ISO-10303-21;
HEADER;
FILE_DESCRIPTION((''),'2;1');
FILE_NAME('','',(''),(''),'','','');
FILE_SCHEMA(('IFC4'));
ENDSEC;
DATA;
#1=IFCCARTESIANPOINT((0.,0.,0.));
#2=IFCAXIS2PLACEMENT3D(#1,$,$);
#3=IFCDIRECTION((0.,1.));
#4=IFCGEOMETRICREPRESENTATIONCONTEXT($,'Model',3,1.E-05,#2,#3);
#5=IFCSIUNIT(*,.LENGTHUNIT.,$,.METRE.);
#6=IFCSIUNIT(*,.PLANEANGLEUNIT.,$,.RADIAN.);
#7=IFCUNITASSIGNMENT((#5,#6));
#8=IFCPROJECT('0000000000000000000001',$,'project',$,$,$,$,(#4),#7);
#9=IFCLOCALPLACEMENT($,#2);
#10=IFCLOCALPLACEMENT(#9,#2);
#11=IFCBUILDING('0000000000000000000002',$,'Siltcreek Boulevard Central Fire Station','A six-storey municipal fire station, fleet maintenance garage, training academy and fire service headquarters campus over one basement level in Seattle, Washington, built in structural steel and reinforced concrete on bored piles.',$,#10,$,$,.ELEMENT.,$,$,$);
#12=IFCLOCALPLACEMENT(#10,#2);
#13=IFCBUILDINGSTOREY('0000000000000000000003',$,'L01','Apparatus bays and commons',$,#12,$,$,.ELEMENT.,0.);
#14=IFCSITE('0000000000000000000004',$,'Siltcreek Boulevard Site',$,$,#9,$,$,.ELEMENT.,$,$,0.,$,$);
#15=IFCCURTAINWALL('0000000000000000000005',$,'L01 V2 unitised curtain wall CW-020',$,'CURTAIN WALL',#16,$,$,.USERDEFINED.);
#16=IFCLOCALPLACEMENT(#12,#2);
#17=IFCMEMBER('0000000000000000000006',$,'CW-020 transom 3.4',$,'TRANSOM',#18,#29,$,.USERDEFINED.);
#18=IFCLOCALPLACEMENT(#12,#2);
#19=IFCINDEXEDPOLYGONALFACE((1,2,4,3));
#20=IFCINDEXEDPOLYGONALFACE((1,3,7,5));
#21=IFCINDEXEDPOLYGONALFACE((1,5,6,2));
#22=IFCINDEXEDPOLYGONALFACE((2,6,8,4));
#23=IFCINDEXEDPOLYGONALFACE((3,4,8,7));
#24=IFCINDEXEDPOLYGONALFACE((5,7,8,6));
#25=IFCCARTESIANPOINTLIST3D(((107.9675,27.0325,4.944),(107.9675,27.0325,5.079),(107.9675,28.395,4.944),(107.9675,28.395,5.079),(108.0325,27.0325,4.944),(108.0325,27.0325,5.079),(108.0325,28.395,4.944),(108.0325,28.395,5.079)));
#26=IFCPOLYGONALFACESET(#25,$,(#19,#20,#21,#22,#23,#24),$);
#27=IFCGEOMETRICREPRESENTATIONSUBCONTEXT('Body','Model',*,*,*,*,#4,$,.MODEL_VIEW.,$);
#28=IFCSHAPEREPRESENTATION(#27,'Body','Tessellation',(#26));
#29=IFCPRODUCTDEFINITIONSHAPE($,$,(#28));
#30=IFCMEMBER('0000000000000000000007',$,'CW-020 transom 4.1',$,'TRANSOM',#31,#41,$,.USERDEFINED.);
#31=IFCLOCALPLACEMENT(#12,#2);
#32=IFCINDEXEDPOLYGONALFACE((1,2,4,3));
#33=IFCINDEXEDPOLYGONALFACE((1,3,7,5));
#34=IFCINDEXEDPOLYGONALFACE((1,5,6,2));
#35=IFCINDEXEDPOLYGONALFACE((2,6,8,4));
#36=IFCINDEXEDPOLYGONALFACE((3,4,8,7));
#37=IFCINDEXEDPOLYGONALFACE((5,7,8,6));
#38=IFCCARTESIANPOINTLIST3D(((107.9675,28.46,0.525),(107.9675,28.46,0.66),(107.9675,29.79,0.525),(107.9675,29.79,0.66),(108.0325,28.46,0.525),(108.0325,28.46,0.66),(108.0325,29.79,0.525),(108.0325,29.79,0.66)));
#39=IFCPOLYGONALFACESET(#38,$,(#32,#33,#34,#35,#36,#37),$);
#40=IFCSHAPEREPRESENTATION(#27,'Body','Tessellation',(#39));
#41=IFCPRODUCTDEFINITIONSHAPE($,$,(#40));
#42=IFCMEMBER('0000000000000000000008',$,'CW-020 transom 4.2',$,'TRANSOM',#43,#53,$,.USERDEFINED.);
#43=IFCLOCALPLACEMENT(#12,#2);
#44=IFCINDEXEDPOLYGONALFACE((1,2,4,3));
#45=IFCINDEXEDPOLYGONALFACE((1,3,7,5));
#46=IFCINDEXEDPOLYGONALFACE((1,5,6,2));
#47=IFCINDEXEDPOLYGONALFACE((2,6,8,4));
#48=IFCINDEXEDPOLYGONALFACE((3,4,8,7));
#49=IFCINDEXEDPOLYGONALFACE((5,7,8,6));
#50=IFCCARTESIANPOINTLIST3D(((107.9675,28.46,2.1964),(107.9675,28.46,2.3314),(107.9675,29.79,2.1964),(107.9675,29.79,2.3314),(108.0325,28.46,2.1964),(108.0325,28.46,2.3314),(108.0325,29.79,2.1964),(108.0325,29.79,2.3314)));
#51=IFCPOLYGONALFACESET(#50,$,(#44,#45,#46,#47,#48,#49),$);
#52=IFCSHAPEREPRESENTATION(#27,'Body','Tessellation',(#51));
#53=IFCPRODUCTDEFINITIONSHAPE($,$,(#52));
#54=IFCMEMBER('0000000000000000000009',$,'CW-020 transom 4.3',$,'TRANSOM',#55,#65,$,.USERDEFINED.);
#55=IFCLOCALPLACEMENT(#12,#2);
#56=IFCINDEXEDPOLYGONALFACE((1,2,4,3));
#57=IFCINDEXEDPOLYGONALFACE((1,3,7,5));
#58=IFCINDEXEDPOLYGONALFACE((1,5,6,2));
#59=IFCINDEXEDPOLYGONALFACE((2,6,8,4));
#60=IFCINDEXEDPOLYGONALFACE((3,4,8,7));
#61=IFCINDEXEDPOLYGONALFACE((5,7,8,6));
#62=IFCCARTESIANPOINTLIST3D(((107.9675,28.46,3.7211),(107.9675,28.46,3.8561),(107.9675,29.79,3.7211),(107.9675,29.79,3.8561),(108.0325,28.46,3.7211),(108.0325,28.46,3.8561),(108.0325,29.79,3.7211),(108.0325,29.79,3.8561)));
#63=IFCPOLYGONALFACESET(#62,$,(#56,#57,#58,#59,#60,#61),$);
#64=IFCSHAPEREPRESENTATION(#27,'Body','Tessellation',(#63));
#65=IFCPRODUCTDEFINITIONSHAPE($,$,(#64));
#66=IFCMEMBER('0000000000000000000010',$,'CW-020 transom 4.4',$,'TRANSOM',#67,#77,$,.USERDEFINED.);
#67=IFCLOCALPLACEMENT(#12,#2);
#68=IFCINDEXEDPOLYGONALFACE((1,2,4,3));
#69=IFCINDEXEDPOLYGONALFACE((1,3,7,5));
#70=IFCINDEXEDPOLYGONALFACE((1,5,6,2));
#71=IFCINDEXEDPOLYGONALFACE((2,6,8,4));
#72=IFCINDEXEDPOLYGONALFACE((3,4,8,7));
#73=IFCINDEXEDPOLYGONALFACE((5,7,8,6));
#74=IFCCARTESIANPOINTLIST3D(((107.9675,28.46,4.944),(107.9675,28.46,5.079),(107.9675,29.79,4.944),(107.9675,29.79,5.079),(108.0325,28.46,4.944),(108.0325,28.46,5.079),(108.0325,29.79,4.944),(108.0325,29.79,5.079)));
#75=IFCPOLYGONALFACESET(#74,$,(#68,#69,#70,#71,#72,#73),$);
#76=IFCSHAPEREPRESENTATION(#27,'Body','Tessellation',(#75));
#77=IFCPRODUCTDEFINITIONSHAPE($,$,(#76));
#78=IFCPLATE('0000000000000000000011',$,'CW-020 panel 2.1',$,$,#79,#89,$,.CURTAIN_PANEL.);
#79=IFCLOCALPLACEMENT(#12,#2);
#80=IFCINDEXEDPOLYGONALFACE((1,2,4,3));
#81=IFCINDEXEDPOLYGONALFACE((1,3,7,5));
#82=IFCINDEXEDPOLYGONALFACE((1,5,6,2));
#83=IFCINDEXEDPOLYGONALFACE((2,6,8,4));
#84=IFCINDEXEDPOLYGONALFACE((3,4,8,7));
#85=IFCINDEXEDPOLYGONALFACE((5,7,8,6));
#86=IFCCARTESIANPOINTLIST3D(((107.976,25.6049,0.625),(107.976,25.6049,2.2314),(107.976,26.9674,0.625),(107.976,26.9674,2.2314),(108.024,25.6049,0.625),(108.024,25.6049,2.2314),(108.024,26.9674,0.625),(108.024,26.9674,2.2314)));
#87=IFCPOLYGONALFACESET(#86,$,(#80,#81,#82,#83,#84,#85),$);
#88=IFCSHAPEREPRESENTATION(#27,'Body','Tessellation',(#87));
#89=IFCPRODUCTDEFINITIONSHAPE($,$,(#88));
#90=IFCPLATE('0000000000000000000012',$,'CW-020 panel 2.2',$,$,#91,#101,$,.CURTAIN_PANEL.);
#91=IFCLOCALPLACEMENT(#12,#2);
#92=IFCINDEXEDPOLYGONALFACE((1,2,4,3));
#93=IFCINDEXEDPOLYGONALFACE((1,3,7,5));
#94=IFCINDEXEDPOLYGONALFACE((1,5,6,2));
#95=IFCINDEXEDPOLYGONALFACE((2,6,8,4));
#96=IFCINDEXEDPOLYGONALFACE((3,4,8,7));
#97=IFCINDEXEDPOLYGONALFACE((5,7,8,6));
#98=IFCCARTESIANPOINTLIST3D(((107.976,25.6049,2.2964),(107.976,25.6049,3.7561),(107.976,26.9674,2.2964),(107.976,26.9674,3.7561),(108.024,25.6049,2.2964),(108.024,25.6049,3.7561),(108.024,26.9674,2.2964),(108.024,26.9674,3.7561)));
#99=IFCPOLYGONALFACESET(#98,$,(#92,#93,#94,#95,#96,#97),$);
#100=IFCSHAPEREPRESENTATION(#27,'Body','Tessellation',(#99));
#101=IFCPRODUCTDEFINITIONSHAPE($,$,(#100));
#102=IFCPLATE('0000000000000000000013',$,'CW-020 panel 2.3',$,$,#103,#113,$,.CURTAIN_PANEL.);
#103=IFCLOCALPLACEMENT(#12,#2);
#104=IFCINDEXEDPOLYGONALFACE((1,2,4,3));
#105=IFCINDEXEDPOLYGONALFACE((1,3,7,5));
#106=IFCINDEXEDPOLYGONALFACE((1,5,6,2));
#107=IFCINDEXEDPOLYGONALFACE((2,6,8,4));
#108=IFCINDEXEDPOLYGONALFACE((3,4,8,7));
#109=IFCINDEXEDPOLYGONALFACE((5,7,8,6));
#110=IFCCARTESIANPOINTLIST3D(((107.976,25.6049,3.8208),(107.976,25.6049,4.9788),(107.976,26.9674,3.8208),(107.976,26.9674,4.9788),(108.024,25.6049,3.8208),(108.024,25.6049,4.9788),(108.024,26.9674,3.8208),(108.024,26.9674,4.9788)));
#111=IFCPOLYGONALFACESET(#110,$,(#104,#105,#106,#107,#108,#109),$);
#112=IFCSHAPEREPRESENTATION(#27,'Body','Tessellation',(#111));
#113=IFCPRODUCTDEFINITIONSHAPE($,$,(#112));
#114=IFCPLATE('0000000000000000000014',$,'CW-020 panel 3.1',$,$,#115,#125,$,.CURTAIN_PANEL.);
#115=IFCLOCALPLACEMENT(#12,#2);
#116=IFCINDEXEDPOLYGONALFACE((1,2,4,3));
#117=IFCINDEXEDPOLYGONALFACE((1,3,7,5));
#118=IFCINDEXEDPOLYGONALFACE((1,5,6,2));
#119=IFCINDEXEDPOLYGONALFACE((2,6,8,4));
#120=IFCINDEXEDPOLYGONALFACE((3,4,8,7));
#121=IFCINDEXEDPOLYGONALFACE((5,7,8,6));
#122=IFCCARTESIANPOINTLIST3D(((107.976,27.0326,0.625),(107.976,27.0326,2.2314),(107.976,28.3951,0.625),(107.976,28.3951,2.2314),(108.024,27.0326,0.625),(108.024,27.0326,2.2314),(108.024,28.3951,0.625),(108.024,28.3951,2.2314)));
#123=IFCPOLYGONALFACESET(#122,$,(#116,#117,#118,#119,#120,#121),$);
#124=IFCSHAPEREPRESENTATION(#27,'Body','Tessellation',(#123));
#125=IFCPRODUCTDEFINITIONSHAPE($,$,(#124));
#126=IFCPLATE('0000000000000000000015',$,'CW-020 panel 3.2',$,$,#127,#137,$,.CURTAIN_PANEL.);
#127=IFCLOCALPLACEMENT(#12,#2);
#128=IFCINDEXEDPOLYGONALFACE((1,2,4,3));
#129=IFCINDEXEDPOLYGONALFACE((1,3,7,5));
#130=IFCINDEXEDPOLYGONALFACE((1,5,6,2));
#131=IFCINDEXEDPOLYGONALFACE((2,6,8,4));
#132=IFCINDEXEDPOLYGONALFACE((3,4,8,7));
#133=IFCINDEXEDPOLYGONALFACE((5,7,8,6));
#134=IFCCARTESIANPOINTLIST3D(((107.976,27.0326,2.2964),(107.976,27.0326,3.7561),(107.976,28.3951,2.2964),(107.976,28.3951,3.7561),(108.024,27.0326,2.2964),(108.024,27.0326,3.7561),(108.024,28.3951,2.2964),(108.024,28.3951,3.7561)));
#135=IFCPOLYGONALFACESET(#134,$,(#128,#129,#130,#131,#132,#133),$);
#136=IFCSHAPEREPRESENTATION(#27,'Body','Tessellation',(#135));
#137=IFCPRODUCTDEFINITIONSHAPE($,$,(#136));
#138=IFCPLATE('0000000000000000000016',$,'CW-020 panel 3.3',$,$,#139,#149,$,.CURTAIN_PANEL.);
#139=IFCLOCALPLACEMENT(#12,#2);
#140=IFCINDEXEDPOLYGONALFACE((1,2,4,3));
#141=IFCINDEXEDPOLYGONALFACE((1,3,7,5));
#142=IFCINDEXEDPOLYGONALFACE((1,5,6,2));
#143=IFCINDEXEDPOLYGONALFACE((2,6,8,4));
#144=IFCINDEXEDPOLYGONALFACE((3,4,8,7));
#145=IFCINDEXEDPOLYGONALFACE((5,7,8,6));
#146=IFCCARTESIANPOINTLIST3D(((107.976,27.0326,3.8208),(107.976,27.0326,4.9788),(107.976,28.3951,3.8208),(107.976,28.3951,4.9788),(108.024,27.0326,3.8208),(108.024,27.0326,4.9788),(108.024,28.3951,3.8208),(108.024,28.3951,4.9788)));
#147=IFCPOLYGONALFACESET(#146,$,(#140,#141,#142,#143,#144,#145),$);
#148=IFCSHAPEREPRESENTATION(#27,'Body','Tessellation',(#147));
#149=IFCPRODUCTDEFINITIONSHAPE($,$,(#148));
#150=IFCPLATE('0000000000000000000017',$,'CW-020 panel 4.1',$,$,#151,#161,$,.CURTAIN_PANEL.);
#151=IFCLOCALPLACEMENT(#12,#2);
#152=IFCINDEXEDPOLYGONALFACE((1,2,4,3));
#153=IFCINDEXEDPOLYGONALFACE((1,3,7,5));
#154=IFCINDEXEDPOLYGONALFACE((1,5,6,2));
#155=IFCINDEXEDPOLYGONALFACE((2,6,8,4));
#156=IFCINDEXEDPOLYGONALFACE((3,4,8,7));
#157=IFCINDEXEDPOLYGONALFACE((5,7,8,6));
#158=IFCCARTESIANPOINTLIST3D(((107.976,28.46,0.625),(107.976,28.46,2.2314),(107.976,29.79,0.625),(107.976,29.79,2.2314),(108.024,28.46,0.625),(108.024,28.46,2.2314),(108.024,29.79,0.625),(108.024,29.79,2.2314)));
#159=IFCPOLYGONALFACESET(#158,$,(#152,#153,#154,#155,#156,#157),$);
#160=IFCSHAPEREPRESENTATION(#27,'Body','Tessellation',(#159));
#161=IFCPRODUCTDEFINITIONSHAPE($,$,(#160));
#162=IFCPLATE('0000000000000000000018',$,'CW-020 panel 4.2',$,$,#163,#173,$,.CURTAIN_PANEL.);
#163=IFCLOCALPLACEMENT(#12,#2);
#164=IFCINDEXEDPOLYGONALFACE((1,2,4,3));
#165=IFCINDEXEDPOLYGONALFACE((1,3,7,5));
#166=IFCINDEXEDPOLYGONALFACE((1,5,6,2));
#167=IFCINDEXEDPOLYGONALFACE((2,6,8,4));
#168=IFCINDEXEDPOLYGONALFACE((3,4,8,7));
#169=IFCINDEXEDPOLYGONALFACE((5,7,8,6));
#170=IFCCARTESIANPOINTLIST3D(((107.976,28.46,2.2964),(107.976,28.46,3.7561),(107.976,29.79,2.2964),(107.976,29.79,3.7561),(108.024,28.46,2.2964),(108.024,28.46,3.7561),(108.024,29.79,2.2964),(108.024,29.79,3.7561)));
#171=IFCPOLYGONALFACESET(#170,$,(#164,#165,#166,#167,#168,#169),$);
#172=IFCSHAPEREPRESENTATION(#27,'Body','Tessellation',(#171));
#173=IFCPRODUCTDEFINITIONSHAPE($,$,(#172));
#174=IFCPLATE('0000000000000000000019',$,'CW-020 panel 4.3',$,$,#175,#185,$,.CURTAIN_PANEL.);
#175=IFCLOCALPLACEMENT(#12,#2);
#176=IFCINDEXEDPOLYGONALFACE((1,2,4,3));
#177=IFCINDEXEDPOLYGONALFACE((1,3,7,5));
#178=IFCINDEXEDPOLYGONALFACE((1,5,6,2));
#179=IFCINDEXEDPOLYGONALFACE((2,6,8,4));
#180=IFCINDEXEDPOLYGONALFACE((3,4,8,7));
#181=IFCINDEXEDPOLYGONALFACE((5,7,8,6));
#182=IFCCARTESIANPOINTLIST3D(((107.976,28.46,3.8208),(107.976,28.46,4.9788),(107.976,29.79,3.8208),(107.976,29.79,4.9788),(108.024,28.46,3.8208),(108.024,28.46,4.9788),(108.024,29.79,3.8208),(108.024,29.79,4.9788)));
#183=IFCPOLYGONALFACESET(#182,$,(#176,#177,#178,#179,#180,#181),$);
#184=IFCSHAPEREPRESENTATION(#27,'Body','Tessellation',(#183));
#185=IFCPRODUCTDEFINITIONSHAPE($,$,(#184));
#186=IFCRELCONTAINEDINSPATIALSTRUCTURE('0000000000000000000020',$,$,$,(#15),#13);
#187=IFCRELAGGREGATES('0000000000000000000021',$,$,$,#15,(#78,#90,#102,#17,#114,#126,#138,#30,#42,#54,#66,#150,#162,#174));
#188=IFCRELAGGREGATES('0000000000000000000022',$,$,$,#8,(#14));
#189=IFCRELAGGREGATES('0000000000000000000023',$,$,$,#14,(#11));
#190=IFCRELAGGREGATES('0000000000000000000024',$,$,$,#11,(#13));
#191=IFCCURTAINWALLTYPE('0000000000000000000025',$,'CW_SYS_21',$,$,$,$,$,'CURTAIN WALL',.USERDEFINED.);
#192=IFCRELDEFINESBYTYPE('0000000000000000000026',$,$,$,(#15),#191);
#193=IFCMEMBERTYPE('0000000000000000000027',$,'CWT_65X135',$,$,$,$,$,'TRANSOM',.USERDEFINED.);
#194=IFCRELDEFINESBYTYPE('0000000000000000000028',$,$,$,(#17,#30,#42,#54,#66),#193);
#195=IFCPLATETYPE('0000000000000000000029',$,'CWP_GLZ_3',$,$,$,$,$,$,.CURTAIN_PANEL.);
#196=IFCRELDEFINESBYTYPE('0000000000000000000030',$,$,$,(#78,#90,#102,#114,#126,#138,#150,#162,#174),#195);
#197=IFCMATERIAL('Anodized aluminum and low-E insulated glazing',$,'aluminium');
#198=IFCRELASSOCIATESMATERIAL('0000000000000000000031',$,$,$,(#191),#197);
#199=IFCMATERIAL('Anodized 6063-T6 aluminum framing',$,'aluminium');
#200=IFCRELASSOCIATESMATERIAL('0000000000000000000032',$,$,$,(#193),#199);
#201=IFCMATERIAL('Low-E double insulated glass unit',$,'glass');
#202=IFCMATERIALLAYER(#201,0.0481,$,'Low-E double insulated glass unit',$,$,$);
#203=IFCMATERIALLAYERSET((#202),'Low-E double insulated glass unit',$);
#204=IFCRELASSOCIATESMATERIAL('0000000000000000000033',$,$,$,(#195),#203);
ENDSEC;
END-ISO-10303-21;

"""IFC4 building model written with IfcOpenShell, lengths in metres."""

from ifc_helpers import new_model, si_unit, direction, frame, origin, origin_2d, place, context, subcontext, project, spatial, rectangle, extrude, material, layer, layer_set, material_profile, profile_set, type_object, element, aggregate, save


model = new_model("IFC4")

# Units and contexts
model_context = context("Model", 3, precision=1e-05, world=origin(), true_north=direction((0.0, 1.0)))
body_context = subcontext(model_context, "Body", "Model", "MODEL_VIEW")
ifc_project = project(units=[si_unit("LENGTHUNIT", "METRE"), si_unit("PLANEANGLEUNIT", "RADIAN")], contexts=[model_context])

# Site, building, storey
site_placement = place(None, origin())
site = spatial("IfcSite", under=ifc_project, at=site_placement, Name="Siltcreek Boulevard Site", CompositionType="ELEMENT", RefElevation=0.0)
building_placement = place(site_placement, origin())
building = spatial("IfcBuilding", under=site, at=building_placement, Name="Siltcreek Boulevard Central Fire Station", Description="A six-storey municipal fire station, fleet maintenance garage, training academy and fire service headquarters campus over one basement level in Seattle, Washington, built in structural steel and reinforced concrete on bored piles.", CompositionType="ELEMENT")
storey_placement = place(building_placement, origin())
storey = spatial("IfcBuildingStorey", under=building, at=storey_placement, Name="L01", Description="Apparatus bays and commons", CompositionType="ELEMENT", Elevation=0.0)

# Shared definitions
ifc_material_1 = material(Name="Anodized aluminum and low-E insulated glazing", Category="aluminium")
ifc_material_2 = material(Name="Anodized 6063-T6 aluminum framing", Category="aluminium")

# Curtain wall, members, plates
curtain_wall_type_1 = type_object("IfcCurtainWallType", Name="CW_SYS_21", ElementType="CURTAIN WALL", PredefinedType="USERDEFINED", material=ifc_material_1)
curtain_wall_1_placement = place(storey_placement, origin())
curtain_wall_1 = element("IfcCurtainWall", 1, at=curtain_wall_1_placement, inside=storey, type_object=curtain_wall_type_1, Name="L01 V2 unitised curtain wall CW-020", ObjectType="CURTAIN WALL", PredefinedType="USERDEFINED")
ifc_material_profile_1 = material_profile(ifc_material_2, rectangle(XDim=0.0649, YDim=0.135, at=origin_2d()), Name="TRAN65X135")
ifc_profile_set_1 = profile_set([ifc_material_profile_1], Name="Anodized 6063-T6 aluminum framing")
member_type_1 = type_object("IfcMemberType", Name="CWT_65X135", ElementType="TRANSOM", PredefinedType="USERDEFINED", material=ifc_profile_set_1)
member_1_placement = place(storey_placement, frame((108.0, 27.0325, 5.0115), z_axis=(0.0, 1.0, 0.0), x_axis=(-1.0, 0.0, 0.0)))
member_1 = element("IfcMember", 2, at=member_1_placement, type_object=member_type_1, Name="CW-020 transom 3.4", ObjectType="TRANSOM", PredefinedType="USERDEFINED", context=body_context, shape_type="SweptSolid", body=[
    extrude(rectangle(XDim=0.0649, YDim=0.135, at=origin_2d()), origin(), (0.0, 0.0, 1.0), 1.3625),
])
member_2_placement = place(storey_placement, frame((108.0, 28.46, 0.5925), z_axis=(0.0, 1.0, 0.0), x_axis=(-1.0, 0.0, 0.0)))
member_2 = element("IfcMember", 3, at=member_2_placement, type_object=member_type_1, Name="CW-020 transom 4.1", ObjectType="TRANSOM", PredefinedType="USERDEFINED", context=body_context, shape_type="SweptSolid", body=[
    extrude(rectangle(XDim=0.0649, YDim=0.135, at=origin_2d()), origin(), (0.0, 0.0, 1.0), 1.3301),
])
member_3_placement = place(storey_placement, frame((108.0, 28.46, 2.2639), z_axis=(0.0, 1.0, 0.0), x_axis=(-1.0, 0.0, 0.0)))
member_3 = element("IfcMember", 4, at=member_3_placement, type_object=member_type_1, Name="CW-020 transom 4.2", ObjectType="TRANSOM", PredefinedType="USERDEFINED", context=body_context, shape_type="SweptSolid", body=[
    extrude(rectangle(XDim=0.0649, YDim=0.135, at=origin_2d()), origin(), (0.0, 0.0, 1.0), 1.3301),
])
member_4_placement = place(storey_placement, frame((108.0, 28.46, 3.7886), z_axis=(0.0, 1.0, 0.0), x_axis=(-1.0, 0.0, 0.0)))
member_4 = element("IfcMember", 5, at=member_4_placement, type_object=member_type_1, Name="CW-020 transom 4.3", ObjectType="TRANSOM", PredefinedType="USERDEFINED", context=body_context, shape_type="SweptSolid", body=[
    extrude(rectangle(XDim=0.0649, YDim=0.135, at=origin_2d()), origin(), (0.0, 0.0, 1.0), 1.3301),
])
member_5_placement = place(storey_placement, frame((108.0, 28.46, 5.0115), z_axis=(0.0, 1.0, 0.0), x_axis=(-1.0, 0.0, 0.0)))
member_5 = element("IfcMember", 6, at=member_5_placement, type_object=member_type_1, Name="CW-020 transom 4.4", ObjectType="TRANSOM", PredefinedType="USERDEFINED", context=body_context, shape_type="SweptSolid", body=[
    extrude(rectangle(XDim=0.0649, YDim=0.135, at=origin_2d()), origin(), (0.0, 0.0, 1.0), 1.3301),
])
ifc_material_3 = material(Name="Low-E double insulated glass unit", Category="glass")
ifc_layer_1 = layer(ifc_material_3, 0.0481, Name="Low-E double insulated glass unit")
ifc_layer_set_1 = layer_set([ifc_layer_1], Name="Low-E double insulated glass unit")
plate_type = type_object("IfcPlateType", Name="CWP_GLZ_3", PredefinedType="CURTAIN_PANEL", material=ifc_layer_set_1)
plate_1_placement = place(storey_placement, frame((108.0, 26.2861, 0.625), z_axis=(0.0, 0.0, 1.0), x_axis=(0.0, 1.0, 0.0)))
plate_1 = element("IfcPlate", 7, at=plate_1_placement, type_object=plate_type, Name="CW-020 panel 2.1", PredefinedType="CURTAIN_PANEL", context=body_context, shape_type="SweptSolid", body=[
    extrude(rectangle(XDim=1.3625, YDim=0.0481, at=origin_2d()), origin(), (0.0, 0.0, 1.0), 1.6064),
])
plate_2_placement = place(storey_placement, frame((108.0, 26.2861, 2.2964), z_axis=(0.0, 0.0, 1.0), x_axis=(0.0, 1.0, 0.0)))
plate_2 = element("IfcPlate", 8, at=plate_2_placement, type_object=plate_type, Name="CW-020 panel 2.2", PredefinedType="CURTAIN_PANEL", context=body_context, shape_type="SweptSolid", body=[
    extrude(rectangle(XDim=1.3625, YDim=0.0481, at=origin_2d()), origin(), (0.0, 0.0, 1.0), 1.4597),
])
plate_3_placement = place(storey_placement, frame((108.0, 26.2861, 3.8208), z_axis=(0.0, 0.0, 1.0), x_axis=(0.0, 1.0, 0.0)))
plate_3 = element("IfcPlate", 9, at=plate_3_placement, type_object=plate_type, Name="CW-020 panel 2.3", PredefinedType="CURTAIN_PANEL", context=body_context, shape_type="SweptSolid", body=[
    extrude(rectangle(XDim=1.3625, YDim=0.0481, at=origin_2d()), origin(), (0.0, 0.0, 1.0), 1.158),
])
plate_4_placement = place(storey_placement, frame((108.0, 27.7139, 0.625), z_axis=(0.0, 0.0, 1.0), x_axis=(0.0, 1.0, 0.0)))
plate_4 = element("IfcPlate", 10, at=plate_4_placement, type_object=plate_type, Name="CW-020 panel 3.1", PredefinedType="CURTAIN_PANEL", context=body_context, shape_type="SweptSolid", body=[
    extrude(rectangle(XDim=1.3625, YDim=0.0481, at=origin_2d()), origin(), (0.0, 0.0, 1.0), 1.6064),
])
plate_5_placement = place(storey_placement, frame((108.0, 27.7139, 2.2964), z_axis=(0.0, 0.0, 1.0), x_axis=(0.0, 1.0, 0.0)))
plate_5 = element("IfcPlate", 11, at=plate_5_placement, type_object=plate_type, Name="CW-020 panel 3.2", PredefinedType="CURTAIN_PANEL", context=body_context, shape_type="SweptSolid", body=[
    extrude(rectangle(XDim=1.3625, YDim=0.0481, at=origin_2d()), origin(), (0.0, 0.0, 1.0), 1.4597),
])
plate_6_placement = place(storey_placement, frame((108.0, 27.7139, 3.8208), z_axis=(0.0, 0.0, 1.0), x_axis=(0.0, 1.0, 0.0)))
plate_6 = element("IfcPlate", 12, at=plate_6_placement, type_object=plate_type, Name="CW-020 panel 3.3", PredefinedType="CURTAIN_PANEL", context=body_context, shape_type="SweptSolid", body=[
    extrude(rectangle(XDim=1.3625, YDim=0.0481, at=origin_2d()), origin(), (0.0, 0.0, 1.0), 1.158),
])
plate_7_placement = place(storey_placement, frame((108.0, 29.125, 0.625), z_axis=(0.0, 0.0, 1.0), x_axis=(0.0, 1.0, 0.0)))
plate_7 = element("IfcPlate", 13, at=plate_7_placement, type_object=plate_type, Name="CW-020 panel 4.1", PredefinedType="CURTAIN_PANEL", context=body_context, shape_type="SweptSolid", body=[
    extrude(rectangle(XDim=1.3301, YDim=0.0481, at=origin_2d()), origin(), (0.0, 0.0, 1.0), 1.6064),
])
plate_8_placement = place(storey_placement, frame((108.0, 29.125, 2.2964), z_axis=(0.0, 0.0, 1.0), x_axis=(0.0, 1.0, 0.0)))
plate_8 = element("IfcPlate", 14, at=plate_8_placement, type_object=plate_type, Name="CW-020 panel 4.2", PredefinedType="CURTAIN_PANEL", context=body_context, shape_type="SweptSolid", body=[
    extrude(rectangle(XDim=1.3301, YDim=0.0481, at=origin_2d()), origin(), (0.0, 0.0, 1.0), 1.4597),
])
plate_9_placement = place(storey_placement, frame((108.0, 29.125, 3.8208), z_axis=(0.0, 0.0, 1.0), x_axis=(0.0, 1.0, 0.0)))
plate_9 = element("IfcPlate", 15, at=plate_9_placement, type_object=plate_type, Name="CW-020 panel 4.3", PredefinedType="CURTAIN_PANEL", context=body_context, shape_type="SweptSolid", body=[
    extrude(rectangle(XDim=1.3301, YDim=0.0481, at=origin_2d()), origin(), (0.0, 0.0, 1.0), 1.158),
])
aggregate(curtain_wall_1, [plate_1, plate_2, plate_3, member_1, plate_4, plate_5, plate_6, member_2, member_3, member_4, member_5, plate_7, plate_8, plate_9])

save(model, "model.ifc")
